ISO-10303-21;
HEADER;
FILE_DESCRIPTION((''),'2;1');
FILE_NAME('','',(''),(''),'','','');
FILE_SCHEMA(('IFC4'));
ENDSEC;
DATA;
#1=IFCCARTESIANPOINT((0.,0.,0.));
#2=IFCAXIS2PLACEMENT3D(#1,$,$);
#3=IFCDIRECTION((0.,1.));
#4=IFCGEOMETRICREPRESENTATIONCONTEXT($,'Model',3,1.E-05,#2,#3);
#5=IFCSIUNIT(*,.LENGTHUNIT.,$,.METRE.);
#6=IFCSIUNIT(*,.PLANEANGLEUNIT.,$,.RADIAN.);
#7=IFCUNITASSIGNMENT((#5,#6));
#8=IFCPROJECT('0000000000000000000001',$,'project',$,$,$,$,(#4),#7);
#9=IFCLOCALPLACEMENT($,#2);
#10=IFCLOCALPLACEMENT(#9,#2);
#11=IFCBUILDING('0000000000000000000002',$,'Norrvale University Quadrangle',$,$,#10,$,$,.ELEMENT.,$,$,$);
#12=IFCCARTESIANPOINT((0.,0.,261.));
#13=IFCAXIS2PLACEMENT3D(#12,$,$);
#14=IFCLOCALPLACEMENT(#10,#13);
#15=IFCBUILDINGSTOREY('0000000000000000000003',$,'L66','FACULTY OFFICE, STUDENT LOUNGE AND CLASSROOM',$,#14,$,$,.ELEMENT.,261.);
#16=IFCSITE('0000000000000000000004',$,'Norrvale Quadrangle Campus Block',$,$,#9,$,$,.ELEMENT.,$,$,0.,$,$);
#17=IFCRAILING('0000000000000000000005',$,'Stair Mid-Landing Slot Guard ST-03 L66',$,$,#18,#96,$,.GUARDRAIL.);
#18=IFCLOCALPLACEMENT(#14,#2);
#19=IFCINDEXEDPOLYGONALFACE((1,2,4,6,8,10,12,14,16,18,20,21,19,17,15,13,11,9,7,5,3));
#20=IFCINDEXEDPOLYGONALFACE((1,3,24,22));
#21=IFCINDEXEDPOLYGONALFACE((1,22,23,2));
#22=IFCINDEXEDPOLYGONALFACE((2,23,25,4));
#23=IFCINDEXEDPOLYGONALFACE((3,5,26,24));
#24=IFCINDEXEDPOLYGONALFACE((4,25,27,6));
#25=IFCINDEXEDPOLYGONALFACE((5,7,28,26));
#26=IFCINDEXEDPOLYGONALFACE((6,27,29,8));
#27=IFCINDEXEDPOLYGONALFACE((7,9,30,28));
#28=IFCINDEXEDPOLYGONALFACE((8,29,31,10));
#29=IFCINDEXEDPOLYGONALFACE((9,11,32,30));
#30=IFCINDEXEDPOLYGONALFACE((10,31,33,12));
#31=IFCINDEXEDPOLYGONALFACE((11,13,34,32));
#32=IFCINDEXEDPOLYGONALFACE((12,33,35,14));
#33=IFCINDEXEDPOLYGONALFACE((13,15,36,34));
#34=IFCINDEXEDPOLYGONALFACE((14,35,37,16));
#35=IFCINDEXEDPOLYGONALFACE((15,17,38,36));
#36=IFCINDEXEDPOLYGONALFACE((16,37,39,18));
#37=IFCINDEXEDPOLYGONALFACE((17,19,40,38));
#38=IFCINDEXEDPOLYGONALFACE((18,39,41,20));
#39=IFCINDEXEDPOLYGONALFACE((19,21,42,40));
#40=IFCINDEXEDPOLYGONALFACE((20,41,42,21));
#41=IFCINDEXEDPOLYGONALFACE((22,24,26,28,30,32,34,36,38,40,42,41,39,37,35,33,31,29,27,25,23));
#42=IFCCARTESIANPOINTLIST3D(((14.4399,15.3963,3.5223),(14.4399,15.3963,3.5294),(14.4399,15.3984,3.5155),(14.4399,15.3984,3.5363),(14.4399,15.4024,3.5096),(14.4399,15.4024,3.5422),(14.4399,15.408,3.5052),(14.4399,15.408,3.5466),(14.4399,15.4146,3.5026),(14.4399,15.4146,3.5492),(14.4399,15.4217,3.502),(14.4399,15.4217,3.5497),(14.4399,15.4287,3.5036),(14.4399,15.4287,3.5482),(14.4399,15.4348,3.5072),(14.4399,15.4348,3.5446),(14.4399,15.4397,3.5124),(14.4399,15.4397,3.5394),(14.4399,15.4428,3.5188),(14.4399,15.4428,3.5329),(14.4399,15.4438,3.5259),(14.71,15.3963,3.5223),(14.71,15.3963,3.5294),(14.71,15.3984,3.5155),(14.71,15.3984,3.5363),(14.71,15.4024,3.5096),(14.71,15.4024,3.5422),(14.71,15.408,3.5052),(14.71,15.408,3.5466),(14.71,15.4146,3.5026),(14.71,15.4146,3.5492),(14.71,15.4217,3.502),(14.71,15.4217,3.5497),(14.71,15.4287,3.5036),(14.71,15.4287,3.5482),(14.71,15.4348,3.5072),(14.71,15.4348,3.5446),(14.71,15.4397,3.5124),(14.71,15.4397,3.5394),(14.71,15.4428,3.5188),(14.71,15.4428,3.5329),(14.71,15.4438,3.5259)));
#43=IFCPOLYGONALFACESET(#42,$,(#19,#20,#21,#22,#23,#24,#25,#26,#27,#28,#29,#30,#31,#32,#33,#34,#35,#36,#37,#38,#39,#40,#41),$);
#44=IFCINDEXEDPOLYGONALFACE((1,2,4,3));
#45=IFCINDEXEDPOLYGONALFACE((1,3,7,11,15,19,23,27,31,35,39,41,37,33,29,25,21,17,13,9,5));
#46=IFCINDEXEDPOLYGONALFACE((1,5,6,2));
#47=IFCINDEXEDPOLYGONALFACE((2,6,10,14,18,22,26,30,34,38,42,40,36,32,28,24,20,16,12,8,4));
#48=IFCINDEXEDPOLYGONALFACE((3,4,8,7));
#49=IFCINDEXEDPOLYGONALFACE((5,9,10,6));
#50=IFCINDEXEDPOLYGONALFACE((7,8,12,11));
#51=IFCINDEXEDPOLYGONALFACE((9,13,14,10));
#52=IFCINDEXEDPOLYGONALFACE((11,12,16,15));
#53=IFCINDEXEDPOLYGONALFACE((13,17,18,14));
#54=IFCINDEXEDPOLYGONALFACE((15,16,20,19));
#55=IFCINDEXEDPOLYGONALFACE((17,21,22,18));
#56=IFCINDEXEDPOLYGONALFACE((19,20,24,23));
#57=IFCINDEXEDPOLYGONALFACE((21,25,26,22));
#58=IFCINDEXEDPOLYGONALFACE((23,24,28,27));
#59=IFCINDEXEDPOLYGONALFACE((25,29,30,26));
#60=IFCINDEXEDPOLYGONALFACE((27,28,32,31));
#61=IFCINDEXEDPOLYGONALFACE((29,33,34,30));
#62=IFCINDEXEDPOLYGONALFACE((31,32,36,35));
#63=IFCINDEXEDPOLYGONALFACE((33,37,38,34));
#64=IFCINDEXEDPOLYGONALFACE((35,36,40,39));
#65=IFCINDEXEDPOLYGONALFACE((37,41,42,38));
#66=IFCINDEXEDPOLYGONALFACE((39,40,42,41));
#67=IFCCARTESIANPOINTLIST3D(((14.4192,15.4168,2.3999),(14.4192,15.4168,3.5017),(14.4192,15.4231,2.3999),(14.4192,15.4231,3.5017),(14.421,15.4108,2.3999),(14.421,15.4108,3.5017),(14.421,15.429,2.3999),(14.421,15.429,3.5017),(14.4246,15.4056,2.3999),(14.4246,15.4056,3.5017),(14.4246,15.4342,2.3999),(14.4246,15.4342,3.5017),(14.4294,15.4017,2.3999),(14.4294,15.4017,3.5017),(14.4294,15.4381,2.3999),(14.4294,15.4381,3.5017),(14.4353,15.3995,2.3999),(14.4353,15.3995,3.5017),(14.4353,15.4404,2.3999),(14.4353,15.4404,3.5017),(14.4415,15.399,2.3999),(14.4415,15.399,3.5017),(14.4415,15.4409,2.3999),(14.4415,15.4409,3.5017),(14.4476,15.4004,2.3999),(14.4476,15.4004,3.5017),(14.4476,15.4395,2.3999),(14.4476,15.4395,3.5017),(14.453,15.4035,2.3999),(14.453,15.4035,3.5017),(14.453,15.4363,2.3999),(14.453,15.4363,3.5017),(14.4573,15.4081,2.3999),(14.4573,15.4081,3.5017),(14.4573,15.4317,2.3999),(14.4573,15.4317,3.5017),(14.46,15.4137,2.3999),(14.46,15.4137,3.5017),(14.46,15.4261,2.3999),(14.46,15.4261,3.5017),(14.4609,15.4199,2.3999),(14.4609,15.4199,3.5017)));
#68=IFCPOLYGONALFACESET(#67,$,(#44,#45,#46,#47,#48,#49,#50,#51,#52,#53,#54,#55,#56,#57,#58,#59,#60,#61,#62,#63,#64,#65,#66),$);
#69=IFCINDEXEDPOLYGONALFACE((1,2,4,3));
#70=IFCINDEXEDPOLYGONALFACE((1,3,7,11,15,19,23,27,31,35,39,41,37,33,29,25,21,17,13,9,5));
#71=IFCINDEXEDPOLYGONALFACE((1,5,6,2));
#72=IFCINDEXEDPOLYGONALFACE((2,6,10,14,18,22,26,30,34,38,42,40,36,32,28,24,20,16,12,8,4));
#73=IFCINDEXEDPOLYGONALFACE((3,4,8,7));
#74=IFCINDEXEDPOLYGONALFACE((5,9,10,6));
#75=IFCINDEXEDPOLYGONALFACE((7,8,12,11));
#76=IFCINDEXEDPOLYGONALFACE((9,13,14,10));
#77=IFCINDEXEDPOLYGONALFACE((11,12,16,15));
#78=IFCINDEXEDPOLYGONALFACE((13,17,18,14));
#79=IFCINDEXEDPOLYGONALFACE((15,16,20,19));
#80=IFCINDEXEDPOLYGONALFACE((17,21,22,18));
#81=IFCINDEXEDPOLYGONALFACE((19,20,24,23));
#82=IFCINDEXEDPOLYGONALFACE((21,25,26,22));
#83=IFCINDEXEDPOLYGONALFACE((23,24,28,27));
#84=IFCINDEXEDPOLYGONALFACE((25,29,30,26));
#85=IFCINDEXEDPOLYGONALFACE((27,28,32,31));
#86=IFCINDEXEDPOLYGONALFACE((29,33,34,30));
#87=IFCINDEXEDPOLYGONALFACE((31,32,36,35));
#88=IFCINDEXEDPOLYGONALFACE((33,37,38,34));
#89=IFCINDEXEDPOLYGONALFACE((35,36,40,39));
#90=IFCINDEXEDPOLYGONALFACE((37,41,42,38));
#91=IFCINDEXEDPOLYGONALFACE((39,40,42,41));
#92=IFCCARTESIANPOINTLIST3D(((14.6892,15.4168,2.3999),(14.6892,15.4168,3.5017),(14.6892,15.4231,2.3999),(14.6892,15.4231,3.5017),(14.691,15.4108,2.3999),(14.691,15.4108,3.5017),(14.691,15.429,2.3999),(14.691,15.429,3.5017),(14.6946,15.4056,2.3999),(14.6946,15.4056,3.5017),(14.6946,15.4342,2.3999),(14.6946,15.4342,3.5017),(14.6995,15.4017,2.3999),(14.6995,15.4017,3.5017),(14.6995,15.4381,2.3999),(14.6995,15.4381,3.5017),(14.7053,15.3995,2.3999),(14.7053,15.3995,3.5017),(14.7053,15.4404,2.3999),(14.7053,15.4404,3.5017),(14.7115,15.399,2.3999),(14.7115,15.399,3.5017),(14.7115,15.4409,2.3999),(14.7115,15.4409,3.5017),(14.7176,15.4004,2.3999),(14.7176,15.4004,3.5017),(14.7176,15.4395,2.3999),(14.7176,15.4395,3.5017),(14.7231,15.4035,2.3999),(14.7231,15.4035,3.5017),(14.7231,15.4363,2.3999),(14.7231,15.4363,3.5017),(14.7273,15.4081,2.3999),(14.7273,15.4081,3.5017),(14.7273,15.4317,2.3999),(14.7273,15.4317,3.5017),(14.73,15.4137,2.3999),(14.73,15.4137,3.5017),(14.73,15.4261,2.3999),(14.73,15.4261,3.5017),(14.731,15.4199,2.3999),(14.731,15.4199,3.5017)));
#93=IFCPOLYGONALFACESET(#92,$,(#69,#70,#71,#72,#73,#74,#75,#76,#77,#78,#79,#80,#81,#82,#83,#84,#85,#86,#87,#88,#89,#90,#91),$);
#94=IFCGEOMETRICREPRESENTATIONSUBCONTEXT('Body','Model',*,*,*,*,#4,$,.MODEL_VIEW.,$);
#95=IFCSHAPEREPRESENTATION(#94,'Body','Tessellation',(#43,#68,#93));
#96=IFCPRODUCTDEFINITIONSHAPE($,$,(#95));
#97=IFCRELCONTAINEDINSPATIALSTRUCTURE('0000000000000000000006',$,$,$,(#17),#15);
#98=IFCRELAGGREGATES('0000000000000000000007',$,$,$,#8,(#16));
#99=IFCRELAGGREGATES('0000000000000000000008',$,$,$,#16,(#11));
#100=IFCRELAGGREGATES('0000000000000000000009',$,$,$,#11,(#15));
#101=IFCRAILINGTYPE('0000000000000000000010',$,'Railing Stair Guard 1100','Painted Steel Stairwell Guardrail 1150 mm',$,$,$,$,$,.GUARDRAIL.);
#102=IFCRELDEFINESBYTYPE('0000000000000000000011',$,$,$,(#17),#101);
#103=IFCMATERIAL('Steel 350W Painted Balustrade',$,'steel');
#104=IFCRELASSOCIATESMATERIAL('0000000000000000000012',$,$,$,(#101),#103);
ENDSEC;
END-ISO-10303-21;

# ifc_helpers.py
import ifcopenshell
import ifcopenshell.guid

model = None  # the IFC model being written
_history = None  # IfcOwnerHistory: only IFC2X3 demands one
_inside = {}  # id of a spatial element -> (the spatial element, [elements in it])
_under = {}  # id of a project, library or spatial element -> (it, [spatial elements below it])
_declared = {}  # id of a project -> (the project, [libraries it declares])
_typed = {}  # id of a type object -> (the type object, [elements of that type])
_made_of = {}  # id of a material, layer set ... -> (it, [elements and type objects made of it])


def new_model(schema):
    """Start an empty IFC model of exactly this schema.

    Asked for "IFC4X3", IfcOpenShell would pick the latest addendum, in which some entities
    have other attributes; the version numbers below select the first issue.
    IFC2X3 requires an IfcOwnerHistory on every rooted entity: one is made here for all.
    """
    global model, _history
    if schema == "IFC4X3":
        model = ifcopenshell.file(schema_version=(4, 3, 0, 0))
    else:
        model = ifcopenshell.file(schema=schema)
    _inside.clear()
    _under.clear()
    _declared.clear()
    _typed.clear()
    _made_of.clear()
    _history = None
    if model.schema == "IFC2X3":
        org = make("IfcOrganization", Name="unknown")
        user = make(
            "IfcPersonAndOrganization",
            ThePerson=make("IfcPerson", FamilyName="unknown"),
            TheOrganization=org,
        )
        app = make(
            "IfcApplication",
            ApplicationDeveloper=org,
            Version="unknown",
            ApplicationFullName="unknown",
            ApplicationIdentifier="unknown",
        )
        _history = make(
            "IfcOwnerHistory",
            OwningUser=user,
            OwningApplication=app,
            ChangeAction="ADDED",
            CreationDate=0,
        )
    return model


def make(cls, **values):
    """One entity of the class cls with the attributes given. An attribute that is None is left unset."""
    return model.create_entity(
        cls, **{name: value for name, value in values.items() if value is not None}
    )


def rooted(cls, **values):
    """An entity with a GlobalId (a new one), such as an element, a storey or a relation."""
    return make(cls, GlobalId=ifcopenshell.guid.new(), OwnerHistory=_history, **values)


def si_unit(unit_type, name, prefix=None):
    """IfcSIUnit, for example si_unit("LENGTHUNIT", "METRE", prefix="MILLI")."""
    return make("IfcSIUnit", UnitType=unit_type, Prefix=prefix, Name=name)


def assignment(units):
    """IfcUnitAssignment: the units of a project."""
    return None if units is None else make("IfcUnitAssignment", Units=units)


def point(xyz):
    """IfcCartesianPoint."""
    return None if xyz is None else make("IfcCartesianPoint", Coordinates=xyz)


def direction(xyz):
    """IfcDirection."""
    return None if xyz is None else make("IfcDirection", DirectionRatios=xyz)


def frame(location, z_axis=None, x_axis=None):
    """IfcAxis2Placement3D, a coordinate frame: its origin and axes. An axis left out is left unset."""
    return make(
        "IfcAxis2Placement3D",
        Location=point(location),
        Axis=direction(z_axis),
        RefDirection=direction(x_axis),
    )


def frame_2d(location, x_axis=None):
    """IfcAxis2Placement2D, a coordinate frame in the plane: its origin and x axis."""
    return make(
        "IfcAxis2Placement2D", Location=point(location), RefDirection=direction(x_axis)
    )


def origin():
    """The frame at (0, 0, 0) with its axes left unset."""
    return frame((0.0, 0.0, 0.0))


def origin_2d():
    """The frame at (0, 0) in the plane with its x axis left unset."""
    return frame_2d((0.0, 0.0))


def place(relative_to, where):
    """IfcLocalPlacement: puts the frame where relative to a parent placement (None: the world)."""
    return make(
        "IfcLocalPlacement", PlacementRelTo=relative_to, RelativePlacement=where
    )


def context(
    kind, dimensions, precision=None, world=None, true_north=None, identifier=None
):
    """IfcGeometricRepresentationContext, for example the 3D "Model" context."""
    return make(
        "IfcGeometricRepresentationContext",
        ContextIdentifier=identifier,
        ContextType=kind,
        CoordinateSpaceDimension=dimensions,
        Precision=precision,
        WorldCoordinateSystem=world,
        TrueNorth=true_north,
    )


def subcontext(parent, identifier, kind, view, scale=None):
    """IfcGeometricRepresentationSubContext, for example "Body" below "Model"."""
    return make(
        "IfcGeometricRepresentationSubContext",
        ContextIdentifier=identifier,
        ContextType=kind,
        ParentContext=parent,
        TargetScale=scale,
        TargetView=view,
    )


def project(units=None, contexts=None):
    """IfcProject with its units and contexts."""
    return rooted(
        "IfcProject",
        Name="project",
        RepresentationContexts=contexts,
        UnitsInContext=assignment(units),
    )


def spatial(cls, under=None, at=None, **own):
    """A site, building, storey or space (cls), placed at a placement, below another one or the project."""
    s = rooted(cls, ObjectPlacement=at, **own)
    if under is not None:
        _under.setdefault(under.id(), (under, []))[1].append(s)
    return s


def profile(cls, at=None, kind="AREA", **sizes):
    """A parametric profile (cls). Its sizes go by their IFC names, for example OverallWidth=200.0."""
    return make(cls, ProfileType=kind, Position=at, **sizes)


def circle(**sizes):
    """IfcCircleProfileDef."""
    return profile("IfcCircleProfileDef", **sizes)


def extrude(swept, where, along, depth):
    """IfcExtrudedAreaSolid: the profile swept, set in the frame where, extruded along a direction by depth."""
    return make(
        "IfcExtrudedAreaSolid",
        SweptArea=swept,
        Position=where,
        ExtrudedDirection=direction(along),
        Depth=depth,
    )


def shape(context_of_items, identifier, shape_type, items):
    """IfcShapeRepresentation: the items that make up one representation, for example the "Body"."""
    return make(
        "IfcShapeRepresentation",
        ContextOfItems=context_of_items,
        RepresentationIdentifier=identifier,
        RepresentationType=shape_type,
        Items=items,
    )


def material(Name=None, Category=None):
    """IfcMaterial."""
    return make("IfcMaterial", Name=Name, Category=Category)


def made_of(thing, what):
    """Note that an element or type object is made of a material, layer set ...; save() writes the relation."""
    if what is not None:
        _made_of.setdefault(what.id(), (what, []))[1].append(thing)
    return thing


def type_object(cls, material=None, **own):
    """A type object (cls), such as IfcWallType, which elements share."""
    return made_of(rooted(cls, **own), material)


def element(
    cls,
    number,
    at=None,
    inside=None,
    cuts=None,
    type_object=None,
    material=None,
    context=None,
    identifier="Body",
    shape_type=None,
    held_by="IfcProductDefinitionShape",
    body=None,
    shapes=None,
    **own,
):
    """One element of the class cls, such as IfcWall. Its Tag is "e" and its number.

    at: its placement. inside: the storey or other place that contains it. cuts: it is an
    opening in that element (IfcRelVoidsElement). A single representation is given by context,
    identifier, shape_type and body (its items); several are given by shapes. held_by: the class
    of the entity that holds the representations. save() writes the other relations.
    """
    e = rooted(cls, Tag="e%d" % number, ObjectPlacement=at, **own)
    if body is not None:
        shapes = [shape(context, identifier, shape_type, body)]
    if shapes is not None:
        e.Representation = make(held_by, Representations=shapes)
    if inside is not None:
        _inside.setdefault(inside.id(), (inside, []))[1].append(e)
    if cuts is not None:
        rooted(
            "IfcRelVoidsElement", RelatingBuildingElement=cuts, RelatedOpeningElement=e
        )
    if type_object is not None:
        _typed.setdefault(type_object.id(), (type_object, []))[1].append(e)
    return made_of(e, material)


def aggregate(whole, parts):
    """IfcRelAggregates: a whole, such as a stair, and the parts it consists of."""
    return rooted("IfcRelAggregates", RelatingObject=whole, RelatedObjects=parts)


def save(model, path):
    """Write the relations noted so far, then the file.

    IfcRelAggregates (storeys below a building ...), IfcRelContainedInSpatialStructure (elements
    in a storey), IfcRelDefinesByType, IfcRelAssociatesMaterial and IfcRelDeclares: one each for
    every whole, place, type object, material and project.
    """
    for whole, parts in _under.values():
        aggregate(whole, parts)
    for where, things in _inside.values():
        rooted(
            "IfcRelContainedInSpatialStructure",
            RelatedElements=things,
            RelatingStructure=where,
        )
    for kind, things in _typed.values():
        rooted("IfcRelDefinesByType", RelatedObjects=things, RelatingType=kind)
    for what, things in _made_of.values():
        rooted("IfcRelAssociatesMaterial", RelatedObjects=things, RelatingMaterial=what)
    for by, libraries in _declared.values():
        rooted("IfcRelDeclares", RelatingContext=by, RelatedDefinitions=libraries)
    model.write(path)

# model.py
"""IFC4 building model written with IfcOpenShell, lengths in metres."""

from ifc_helpers import new_model, si_unit, direction, frame, origin, origin_2d, place, context, subcontext, project, spatial, circle, extrude, material, type_object, element, save


model = new_model("IFC4")

# Units and contexts
model_context = context("Model", 3, precision=1e-05, world=origin(), true_north=direction((0.0, 1.0)))
body_context = subcontext(model_context, "Body", "Model", "MODEL_VIEW")
ifc_project = project(units=[si_unit("LENGTHUNIT", "METRE"), si_unit("PLANEANGLEUNIT", "RADIAN")], contexts=[model_context])

# Site, building, storey
site_placement = place(None, origin())
site = spatial("IfcSite", under=ifc_project, at=site_placement, Name="Norrvale Quadrangle Campus Block", CompositionType="ELEMENT", RefElevation=0.0)
building_placement = place(site_placement, origin())
building = spatial("IfcBuilding", under=site, at=building_placement, Name="Norrvale University Quadrangle", CompositionType="ELEMENT")
storey_placement = place(building_placement, frame((0.0, 0.0, 261.0)))
storey = spatial("IfcBuildingStorey", under=building, at=storey_placement, Name="L66", Description="FACULTY OFFICE, STUDENT LOUNGE AND CLASSROOM", CompositionType="ELEMENT", Elevation=261.0)

# Railing
ifc_material_1 = material(Name="Steel 350W Painted Balustrade", Category="steel")
railing_type_1 = type_object("IfcRailingType", Name="Railing Stair Guard 1100", Description="Painted Steel Stairwell Guardrail 1150 mm", PredefinedType="GUARDRAIL", material=ifc_material_1)
railing_1_placement = place(storey_placement, frame((14.4399, 15.4199, 2.3999)))
element("IfcRailing", 1, at=railing_1_placement, inside=storey, type_object=railing_type_1, Name="Stair Mid-Landing Slot Guard ST-03 L66", PredefinedType="GUARDRAIL", context=body_context, shape_type="SweptSolid", body=[
    extrude(circle(Radius=0.0239, at=origin_2d()), frame((0.0, 0.0, 1.126), z_axis=(1.0, 0.0, 0.0), x_axis=(0.0, 1.0, 0.0)), (0.0, 0.0, 1.0), 0.27),
    extrude(circle(Radius=0.021, at=origin_2d()), origin(), (0.0, 0.0, 1.0), 1.1018),
    extrude(circle(Radius=0.021, at=origin_2d()), frame((0.27, 0.0, 0.0)), (0.0, 0.0, 1.0), 1.1018),
])

save(model, "model.ifc")
